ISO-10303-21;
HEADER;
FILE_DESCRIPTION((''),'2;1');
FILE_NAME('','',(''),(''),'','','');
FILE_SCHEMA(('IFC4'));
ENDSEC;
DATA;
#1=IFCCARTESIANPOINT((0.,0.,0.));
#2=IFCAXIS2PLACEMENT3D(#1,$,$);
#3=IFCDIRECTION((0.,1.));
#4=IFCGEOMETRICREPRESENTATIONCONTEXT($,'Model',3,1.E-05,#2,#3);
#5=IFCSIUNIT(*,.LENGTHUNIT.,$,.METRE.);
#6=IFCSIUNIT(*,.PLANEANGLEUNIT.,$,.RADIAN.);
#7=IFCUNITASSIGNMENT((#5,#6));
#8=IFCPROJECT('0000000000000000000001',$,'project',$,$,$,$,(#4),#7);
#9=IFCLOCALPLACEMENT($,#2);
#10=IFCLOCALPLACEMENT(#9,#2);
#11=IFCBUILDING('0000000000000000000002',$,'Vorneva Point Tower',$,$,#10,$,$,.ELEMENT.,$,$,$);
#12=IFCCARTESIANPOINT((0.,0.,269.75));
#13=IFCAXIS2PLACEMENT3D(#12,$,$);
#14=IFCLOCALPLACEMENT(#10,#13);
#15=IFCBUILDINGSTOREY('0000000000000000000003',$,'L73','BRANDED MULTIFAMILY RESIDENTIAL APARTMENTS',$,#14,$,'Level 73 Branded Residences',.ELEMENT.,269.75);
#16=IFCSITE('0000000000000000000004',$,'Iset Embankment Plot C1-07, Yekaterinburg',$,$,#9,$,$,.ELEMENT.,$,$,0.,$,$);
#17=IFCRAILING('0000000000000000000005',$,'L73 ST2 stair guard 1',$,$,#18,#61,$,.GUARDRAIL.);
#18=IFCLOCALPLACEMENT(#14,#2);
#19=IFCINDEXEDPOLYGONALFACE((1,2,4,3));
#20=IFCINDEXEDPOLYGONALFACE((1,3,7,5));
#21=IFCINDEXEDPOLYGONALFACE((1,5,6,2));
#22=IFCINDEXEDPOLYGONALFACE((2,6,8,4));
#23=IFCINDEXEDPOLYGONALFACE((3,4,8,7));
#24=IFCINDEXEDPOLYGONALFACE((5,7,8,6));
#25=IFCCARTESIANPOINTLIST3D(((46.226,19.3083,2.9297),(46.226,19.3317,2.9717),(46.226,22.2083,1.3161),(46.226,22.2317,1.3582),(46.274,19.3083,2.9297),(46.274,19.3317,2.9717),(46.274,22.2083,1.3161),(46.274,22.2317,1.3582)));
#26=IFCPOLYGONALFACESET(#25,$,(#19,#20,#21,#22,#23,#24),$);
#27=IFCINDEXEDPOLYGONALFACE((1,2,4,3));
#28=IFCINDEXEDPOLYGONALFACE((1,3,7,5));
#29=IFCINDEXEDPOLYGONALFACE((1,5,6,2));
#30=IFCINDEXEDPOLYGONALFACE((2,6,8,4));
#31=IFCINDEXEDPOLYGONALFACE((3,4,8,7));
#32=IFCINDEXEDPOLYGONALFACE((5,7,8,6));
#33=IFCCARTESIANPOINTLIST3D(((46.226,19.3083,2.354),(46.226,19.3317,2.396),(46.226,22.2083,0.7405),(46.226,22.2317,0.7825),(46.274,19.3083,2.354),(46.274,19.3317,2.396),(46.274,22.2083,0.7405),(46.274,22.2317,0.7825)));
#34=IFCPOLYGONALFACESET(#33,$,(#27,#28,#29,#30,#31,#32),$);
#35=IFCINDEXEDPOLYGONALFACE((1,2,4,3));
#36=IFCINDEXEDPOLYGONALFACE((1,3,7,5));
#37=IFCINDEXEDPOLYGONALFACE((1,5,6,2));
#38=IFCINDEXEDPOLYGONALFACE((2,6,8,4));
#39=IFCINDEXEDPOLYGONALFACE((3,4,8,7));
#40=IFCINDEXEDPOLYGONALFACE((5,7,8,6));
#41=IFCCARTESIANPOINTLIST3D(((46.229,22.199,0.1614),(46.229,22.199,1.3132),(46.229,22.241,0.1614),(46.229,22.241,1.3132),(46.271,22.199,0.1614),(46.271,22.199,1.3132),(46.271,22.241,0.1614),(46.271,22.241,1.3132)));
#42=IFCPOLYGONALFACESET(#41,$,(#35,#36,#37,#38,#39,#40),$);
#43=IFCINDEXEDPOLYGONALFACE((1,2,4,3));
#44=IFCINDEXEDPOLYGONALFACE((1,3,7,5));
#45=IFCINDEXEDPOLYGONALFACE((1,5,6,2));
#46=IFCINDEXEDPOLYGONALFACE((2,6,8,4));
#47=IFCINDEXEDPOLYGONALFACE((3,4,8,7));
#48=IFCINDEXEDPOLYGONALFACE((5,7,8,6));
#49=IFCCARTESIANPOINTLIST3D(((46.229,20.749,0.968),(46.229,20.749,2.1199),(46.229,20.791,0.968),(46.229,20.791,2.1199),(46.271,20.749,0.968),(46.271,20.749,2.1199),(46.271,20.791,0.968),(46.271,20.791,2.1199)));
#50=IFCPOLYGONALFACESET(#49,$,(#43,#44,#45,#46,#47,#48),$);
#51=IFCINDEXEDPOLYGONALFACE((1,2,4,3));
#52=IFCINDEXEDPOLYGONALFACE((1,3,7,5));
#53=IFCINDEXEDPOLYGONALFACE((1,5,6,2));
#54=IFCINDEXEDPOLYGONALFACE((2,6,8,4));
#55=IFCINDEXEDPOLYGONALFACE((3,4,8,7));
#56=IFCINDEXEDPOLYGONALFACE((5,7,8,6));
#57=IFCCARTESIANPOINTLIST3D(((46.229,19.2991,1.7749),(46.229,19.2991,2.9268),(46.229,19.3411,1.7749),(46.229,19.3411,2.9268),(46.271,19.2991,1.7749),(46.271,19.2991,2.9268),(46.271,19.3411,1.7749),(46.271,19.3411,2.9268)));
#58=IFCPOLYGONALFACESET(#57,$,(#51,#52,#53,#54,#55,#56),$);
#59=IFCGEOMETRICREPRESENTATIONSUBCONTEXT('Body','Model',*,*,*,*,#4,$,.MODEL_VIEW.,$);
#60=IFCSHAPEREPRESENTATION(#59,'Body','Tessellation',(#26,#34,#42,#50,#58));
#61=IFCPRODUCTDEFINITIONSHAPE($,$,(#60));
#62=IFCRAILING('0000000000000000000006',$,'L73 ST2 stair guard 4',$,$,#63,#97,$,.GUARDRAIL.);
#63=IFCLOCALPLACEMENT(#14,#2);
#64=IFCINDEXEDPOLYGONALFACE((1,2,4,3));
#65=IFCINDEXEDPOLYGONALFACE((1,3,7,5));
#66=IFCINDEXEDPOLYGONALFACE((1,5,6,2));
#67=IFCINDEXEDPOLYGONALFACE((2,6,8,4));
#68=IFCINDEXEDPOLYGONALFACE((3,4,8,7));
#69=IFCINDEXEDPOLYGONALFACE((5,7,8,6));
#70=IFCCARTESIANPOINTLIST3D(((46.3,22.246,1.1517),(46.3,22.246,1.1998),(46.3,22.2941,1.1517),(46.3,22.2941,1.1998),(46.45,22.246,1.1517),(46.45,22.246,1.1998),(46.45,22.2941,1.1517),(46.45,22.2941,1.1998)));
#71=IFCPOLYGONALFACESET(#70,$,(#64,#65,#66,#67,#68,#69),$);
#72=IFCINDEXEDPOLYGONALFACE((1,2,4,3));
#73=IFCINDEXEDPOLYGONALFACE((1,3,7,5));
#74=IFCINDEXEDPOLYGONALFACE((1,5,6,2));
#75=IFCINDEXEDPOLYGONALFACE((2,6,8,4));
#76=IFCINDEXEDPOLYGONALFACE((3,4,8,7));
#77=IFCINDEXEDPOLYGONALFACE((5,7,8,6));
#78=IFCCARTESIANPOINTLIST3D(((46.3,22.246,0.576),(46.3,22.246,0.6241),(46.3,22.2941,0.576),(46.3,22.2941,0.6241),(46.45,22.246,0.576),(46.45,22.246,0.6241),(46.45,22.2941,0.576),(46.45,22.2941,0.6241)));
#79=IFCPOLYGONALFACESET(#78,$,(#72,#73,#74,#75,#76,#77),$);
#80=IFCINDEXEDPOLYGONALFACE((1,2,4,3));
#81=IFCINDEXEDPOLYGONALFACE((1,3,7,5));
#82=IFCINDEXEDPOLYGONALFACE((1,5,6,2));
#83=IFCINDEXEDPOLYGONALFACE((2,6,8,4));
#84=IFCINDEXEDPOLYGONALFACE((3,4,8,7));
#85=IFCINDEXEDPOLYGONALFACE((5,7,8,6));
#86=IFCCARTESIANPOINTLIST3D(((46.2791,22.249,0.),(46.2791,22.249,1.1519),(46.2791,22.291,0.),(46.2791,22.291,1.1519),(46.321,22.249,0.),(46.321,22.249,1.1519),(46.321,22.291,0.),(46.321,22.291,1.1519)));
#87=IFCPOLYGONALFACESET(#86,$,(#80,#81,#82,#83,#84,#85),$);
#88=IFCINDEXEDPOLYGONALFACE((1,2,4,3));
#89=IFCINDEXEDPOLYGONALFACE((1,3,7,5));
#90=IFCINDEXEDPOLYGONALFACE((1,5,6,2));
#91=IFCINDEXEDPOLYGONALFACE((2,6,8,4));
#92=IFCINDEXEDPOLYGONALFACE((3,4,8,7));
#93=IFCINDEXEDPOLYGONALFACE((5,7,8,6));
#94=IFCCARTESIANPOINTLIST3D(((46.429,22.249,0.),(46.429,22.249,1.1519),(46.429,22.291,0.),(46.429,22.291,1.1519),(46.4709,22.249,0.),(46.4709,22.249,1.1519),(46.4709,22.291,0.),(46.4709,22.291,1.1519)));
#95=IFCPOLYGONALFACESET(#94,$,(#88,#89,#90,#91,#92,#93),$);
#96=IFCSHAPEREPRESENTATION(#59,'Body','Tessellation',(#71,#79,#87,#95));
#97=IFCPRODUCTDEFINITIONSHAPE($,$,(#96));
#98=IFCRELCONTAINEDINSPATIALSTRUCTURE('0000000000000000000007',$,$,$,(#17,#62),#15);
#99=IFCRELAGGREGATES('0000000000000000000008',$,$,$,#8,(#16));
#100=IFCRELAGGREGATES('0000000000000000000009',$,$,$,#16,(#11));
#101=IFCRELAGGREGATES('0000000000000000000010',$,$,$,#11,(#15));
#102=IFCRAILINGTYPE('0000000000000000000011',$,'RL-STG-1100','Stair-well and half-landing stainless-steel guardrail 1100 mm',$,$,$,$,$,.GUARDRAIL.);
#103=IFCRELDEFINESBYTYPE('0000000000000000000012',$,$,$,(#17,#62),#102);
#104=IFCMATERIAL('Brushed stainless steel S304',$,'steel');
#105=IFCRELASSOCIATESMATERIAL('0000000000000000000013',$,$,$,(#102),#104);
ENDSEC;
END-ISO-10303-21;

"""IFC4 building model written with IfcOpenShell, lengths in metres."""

from ifc_helpers import new_model, si_unit, direction, frame, origin, origin_2d, place, context, subcontext, project, spatial, rectangle, extrude, material, type_object, element, save


model = new_model("IFC4")

# Units and contexts
model_context = context("Model", 3, precision=1e-05, world=origin(), true_north=direction((0.0, 1.0)))
body_context = subcontext(model_context, "Body", "Model", "MODEL_VIEW")
ifc_project = project(units=[si_unit("LENGTHUNIT", "METRE"), si_unit("PLANEANGLEUNIT", "RADIAN")], contexts=[model_context])

# Site, building, storey
site_placement = place(None, origin())
site = spatial("IfcSite", under=ifc_project, at=site_placement, Name="Iset Embankment Plot C1-07, Yekaterinburg", CompositionType="ELEMENT", RefElevation=0.0)
building_placement = place(site_placement, origin())
building = spatial("IfcBuilding", under=site, at=building_placement, Name="Vorneva Point Tower", CompositionType="ELEMENT")
storey_placement = place(building_placement, frame((0.0, 0.0, 269.75)))
storey = spatial("IfcBuildingStorey", under=building, at=storey_placement, Name="L73", Description="BRANDED MULTIFAMILY RESIDENTIAL APARTMENTS", LongName="Level 73 Branded Residences", CompositionType="ELEMENT", Elevation=269.75)

# Railings
ifc_material_1 = material(Name="Brushed stainless steel S304", Category="steel")
railing_type_1 = type_object("IfcRailingType", Name="RL-STG-1100", Description="Stair-well and half-landing stainless-steel guardrail 1100 mm", PredefinedType="GUARDRAIL", material=ifc_material_1)
railing_1_placement = place(storey_placement, frame((46.25, 22.22, 0.1614)))
element("IfcRailing", 1, at=railing_1_placement, inside=storey, type_object=railing_type_1, Name="L73 ST2 stair guard 1", PredefinedType="GUARDRAIL", context=body_context, shape_type="SweptSolid", body=[
    extrude(rectangle(XDim=0.0481, YDim=0.0481, at=origin_2d()), frame((0.0, 0.0, 1.1758), z_axis=(0.0, -0.873841, 0.486211), x_axis=(1.0, 0.0, 0.0)), (0.0, 0.0, 1.0), 3.3186),
    extrude(rectangle(XDim=0.0481, YDim=0.0481, at=origin_2d()), frame((0.0, 0.0, 0.6001), z_axis=(0.0, -0.873841, 0.486211), x_axis=(1.0, 0.0, 0.0)), (0.0, 0.0, 1.0), 3.3186),
    extrude(rectangle(XDim=0.042, YDim=0.042, at=origin_2d()), origin(), (0.0, 0.0, 1.0), 1.1519),
    extrude(rectangle(XDim=0.042, YDim=0.042, at=origin_2d()), frame((0.0, -1.45, 0.8066)), (0.0, 0.0, 1.0), 1.1519),
    extrude(rectangle(XDim=0.042, YDim=0.042, at=origin_2d()), frame((0.0, -2.8999, 1.6135)), (0.0, 0.0, 1.0), 1.1519),
])
railing_2_placement = place(storey_placement, frame((46.3, 22.27, 0.0)))
element("IfcRailing", 2, at=railing_2_placement, inside=storey, type_object=railing_type_1, Name="L73 ST2 stair guard 4", PredefinedType="GUARDRAIL", context=body_context, shape_type="SweptSolid", body=[
    extrude(rectangle(XDim=0.0481, YDim=0.0481, at=origin_2d()), frame((0.0, 0.0, 1.1758), z_axis=(1.0, 0.0, 0.0), x_axis=(0.0, 1.0, 0.0)), (0.0, 0.0, 1.0), 0.1499),
    extrude(rectangle(XDim=0.0481, YDim=0.0481, at=origin_2d()), frame((0.0, 0.0, 0.6001), z_axis=(1.0, 0.0, 0.0), x_axis=(0.0, 1.0, 0.0)), (0.0, 0.0, 1.0), 0.1499),
    extrude(rectangle(XDim=0.042, YDim=0.042, at=origin_2d()), origin(), (0.0, 0.0, 1.0), 1.1519),
    extrude(rectangle(XDim=0.042, YDim=0.042, at=origin_2d()), frame((0.1499, 0.0, 0.0)), (0.0, 0.0, 1.0), 1.1519),
])

save(model, "model.ifc")
